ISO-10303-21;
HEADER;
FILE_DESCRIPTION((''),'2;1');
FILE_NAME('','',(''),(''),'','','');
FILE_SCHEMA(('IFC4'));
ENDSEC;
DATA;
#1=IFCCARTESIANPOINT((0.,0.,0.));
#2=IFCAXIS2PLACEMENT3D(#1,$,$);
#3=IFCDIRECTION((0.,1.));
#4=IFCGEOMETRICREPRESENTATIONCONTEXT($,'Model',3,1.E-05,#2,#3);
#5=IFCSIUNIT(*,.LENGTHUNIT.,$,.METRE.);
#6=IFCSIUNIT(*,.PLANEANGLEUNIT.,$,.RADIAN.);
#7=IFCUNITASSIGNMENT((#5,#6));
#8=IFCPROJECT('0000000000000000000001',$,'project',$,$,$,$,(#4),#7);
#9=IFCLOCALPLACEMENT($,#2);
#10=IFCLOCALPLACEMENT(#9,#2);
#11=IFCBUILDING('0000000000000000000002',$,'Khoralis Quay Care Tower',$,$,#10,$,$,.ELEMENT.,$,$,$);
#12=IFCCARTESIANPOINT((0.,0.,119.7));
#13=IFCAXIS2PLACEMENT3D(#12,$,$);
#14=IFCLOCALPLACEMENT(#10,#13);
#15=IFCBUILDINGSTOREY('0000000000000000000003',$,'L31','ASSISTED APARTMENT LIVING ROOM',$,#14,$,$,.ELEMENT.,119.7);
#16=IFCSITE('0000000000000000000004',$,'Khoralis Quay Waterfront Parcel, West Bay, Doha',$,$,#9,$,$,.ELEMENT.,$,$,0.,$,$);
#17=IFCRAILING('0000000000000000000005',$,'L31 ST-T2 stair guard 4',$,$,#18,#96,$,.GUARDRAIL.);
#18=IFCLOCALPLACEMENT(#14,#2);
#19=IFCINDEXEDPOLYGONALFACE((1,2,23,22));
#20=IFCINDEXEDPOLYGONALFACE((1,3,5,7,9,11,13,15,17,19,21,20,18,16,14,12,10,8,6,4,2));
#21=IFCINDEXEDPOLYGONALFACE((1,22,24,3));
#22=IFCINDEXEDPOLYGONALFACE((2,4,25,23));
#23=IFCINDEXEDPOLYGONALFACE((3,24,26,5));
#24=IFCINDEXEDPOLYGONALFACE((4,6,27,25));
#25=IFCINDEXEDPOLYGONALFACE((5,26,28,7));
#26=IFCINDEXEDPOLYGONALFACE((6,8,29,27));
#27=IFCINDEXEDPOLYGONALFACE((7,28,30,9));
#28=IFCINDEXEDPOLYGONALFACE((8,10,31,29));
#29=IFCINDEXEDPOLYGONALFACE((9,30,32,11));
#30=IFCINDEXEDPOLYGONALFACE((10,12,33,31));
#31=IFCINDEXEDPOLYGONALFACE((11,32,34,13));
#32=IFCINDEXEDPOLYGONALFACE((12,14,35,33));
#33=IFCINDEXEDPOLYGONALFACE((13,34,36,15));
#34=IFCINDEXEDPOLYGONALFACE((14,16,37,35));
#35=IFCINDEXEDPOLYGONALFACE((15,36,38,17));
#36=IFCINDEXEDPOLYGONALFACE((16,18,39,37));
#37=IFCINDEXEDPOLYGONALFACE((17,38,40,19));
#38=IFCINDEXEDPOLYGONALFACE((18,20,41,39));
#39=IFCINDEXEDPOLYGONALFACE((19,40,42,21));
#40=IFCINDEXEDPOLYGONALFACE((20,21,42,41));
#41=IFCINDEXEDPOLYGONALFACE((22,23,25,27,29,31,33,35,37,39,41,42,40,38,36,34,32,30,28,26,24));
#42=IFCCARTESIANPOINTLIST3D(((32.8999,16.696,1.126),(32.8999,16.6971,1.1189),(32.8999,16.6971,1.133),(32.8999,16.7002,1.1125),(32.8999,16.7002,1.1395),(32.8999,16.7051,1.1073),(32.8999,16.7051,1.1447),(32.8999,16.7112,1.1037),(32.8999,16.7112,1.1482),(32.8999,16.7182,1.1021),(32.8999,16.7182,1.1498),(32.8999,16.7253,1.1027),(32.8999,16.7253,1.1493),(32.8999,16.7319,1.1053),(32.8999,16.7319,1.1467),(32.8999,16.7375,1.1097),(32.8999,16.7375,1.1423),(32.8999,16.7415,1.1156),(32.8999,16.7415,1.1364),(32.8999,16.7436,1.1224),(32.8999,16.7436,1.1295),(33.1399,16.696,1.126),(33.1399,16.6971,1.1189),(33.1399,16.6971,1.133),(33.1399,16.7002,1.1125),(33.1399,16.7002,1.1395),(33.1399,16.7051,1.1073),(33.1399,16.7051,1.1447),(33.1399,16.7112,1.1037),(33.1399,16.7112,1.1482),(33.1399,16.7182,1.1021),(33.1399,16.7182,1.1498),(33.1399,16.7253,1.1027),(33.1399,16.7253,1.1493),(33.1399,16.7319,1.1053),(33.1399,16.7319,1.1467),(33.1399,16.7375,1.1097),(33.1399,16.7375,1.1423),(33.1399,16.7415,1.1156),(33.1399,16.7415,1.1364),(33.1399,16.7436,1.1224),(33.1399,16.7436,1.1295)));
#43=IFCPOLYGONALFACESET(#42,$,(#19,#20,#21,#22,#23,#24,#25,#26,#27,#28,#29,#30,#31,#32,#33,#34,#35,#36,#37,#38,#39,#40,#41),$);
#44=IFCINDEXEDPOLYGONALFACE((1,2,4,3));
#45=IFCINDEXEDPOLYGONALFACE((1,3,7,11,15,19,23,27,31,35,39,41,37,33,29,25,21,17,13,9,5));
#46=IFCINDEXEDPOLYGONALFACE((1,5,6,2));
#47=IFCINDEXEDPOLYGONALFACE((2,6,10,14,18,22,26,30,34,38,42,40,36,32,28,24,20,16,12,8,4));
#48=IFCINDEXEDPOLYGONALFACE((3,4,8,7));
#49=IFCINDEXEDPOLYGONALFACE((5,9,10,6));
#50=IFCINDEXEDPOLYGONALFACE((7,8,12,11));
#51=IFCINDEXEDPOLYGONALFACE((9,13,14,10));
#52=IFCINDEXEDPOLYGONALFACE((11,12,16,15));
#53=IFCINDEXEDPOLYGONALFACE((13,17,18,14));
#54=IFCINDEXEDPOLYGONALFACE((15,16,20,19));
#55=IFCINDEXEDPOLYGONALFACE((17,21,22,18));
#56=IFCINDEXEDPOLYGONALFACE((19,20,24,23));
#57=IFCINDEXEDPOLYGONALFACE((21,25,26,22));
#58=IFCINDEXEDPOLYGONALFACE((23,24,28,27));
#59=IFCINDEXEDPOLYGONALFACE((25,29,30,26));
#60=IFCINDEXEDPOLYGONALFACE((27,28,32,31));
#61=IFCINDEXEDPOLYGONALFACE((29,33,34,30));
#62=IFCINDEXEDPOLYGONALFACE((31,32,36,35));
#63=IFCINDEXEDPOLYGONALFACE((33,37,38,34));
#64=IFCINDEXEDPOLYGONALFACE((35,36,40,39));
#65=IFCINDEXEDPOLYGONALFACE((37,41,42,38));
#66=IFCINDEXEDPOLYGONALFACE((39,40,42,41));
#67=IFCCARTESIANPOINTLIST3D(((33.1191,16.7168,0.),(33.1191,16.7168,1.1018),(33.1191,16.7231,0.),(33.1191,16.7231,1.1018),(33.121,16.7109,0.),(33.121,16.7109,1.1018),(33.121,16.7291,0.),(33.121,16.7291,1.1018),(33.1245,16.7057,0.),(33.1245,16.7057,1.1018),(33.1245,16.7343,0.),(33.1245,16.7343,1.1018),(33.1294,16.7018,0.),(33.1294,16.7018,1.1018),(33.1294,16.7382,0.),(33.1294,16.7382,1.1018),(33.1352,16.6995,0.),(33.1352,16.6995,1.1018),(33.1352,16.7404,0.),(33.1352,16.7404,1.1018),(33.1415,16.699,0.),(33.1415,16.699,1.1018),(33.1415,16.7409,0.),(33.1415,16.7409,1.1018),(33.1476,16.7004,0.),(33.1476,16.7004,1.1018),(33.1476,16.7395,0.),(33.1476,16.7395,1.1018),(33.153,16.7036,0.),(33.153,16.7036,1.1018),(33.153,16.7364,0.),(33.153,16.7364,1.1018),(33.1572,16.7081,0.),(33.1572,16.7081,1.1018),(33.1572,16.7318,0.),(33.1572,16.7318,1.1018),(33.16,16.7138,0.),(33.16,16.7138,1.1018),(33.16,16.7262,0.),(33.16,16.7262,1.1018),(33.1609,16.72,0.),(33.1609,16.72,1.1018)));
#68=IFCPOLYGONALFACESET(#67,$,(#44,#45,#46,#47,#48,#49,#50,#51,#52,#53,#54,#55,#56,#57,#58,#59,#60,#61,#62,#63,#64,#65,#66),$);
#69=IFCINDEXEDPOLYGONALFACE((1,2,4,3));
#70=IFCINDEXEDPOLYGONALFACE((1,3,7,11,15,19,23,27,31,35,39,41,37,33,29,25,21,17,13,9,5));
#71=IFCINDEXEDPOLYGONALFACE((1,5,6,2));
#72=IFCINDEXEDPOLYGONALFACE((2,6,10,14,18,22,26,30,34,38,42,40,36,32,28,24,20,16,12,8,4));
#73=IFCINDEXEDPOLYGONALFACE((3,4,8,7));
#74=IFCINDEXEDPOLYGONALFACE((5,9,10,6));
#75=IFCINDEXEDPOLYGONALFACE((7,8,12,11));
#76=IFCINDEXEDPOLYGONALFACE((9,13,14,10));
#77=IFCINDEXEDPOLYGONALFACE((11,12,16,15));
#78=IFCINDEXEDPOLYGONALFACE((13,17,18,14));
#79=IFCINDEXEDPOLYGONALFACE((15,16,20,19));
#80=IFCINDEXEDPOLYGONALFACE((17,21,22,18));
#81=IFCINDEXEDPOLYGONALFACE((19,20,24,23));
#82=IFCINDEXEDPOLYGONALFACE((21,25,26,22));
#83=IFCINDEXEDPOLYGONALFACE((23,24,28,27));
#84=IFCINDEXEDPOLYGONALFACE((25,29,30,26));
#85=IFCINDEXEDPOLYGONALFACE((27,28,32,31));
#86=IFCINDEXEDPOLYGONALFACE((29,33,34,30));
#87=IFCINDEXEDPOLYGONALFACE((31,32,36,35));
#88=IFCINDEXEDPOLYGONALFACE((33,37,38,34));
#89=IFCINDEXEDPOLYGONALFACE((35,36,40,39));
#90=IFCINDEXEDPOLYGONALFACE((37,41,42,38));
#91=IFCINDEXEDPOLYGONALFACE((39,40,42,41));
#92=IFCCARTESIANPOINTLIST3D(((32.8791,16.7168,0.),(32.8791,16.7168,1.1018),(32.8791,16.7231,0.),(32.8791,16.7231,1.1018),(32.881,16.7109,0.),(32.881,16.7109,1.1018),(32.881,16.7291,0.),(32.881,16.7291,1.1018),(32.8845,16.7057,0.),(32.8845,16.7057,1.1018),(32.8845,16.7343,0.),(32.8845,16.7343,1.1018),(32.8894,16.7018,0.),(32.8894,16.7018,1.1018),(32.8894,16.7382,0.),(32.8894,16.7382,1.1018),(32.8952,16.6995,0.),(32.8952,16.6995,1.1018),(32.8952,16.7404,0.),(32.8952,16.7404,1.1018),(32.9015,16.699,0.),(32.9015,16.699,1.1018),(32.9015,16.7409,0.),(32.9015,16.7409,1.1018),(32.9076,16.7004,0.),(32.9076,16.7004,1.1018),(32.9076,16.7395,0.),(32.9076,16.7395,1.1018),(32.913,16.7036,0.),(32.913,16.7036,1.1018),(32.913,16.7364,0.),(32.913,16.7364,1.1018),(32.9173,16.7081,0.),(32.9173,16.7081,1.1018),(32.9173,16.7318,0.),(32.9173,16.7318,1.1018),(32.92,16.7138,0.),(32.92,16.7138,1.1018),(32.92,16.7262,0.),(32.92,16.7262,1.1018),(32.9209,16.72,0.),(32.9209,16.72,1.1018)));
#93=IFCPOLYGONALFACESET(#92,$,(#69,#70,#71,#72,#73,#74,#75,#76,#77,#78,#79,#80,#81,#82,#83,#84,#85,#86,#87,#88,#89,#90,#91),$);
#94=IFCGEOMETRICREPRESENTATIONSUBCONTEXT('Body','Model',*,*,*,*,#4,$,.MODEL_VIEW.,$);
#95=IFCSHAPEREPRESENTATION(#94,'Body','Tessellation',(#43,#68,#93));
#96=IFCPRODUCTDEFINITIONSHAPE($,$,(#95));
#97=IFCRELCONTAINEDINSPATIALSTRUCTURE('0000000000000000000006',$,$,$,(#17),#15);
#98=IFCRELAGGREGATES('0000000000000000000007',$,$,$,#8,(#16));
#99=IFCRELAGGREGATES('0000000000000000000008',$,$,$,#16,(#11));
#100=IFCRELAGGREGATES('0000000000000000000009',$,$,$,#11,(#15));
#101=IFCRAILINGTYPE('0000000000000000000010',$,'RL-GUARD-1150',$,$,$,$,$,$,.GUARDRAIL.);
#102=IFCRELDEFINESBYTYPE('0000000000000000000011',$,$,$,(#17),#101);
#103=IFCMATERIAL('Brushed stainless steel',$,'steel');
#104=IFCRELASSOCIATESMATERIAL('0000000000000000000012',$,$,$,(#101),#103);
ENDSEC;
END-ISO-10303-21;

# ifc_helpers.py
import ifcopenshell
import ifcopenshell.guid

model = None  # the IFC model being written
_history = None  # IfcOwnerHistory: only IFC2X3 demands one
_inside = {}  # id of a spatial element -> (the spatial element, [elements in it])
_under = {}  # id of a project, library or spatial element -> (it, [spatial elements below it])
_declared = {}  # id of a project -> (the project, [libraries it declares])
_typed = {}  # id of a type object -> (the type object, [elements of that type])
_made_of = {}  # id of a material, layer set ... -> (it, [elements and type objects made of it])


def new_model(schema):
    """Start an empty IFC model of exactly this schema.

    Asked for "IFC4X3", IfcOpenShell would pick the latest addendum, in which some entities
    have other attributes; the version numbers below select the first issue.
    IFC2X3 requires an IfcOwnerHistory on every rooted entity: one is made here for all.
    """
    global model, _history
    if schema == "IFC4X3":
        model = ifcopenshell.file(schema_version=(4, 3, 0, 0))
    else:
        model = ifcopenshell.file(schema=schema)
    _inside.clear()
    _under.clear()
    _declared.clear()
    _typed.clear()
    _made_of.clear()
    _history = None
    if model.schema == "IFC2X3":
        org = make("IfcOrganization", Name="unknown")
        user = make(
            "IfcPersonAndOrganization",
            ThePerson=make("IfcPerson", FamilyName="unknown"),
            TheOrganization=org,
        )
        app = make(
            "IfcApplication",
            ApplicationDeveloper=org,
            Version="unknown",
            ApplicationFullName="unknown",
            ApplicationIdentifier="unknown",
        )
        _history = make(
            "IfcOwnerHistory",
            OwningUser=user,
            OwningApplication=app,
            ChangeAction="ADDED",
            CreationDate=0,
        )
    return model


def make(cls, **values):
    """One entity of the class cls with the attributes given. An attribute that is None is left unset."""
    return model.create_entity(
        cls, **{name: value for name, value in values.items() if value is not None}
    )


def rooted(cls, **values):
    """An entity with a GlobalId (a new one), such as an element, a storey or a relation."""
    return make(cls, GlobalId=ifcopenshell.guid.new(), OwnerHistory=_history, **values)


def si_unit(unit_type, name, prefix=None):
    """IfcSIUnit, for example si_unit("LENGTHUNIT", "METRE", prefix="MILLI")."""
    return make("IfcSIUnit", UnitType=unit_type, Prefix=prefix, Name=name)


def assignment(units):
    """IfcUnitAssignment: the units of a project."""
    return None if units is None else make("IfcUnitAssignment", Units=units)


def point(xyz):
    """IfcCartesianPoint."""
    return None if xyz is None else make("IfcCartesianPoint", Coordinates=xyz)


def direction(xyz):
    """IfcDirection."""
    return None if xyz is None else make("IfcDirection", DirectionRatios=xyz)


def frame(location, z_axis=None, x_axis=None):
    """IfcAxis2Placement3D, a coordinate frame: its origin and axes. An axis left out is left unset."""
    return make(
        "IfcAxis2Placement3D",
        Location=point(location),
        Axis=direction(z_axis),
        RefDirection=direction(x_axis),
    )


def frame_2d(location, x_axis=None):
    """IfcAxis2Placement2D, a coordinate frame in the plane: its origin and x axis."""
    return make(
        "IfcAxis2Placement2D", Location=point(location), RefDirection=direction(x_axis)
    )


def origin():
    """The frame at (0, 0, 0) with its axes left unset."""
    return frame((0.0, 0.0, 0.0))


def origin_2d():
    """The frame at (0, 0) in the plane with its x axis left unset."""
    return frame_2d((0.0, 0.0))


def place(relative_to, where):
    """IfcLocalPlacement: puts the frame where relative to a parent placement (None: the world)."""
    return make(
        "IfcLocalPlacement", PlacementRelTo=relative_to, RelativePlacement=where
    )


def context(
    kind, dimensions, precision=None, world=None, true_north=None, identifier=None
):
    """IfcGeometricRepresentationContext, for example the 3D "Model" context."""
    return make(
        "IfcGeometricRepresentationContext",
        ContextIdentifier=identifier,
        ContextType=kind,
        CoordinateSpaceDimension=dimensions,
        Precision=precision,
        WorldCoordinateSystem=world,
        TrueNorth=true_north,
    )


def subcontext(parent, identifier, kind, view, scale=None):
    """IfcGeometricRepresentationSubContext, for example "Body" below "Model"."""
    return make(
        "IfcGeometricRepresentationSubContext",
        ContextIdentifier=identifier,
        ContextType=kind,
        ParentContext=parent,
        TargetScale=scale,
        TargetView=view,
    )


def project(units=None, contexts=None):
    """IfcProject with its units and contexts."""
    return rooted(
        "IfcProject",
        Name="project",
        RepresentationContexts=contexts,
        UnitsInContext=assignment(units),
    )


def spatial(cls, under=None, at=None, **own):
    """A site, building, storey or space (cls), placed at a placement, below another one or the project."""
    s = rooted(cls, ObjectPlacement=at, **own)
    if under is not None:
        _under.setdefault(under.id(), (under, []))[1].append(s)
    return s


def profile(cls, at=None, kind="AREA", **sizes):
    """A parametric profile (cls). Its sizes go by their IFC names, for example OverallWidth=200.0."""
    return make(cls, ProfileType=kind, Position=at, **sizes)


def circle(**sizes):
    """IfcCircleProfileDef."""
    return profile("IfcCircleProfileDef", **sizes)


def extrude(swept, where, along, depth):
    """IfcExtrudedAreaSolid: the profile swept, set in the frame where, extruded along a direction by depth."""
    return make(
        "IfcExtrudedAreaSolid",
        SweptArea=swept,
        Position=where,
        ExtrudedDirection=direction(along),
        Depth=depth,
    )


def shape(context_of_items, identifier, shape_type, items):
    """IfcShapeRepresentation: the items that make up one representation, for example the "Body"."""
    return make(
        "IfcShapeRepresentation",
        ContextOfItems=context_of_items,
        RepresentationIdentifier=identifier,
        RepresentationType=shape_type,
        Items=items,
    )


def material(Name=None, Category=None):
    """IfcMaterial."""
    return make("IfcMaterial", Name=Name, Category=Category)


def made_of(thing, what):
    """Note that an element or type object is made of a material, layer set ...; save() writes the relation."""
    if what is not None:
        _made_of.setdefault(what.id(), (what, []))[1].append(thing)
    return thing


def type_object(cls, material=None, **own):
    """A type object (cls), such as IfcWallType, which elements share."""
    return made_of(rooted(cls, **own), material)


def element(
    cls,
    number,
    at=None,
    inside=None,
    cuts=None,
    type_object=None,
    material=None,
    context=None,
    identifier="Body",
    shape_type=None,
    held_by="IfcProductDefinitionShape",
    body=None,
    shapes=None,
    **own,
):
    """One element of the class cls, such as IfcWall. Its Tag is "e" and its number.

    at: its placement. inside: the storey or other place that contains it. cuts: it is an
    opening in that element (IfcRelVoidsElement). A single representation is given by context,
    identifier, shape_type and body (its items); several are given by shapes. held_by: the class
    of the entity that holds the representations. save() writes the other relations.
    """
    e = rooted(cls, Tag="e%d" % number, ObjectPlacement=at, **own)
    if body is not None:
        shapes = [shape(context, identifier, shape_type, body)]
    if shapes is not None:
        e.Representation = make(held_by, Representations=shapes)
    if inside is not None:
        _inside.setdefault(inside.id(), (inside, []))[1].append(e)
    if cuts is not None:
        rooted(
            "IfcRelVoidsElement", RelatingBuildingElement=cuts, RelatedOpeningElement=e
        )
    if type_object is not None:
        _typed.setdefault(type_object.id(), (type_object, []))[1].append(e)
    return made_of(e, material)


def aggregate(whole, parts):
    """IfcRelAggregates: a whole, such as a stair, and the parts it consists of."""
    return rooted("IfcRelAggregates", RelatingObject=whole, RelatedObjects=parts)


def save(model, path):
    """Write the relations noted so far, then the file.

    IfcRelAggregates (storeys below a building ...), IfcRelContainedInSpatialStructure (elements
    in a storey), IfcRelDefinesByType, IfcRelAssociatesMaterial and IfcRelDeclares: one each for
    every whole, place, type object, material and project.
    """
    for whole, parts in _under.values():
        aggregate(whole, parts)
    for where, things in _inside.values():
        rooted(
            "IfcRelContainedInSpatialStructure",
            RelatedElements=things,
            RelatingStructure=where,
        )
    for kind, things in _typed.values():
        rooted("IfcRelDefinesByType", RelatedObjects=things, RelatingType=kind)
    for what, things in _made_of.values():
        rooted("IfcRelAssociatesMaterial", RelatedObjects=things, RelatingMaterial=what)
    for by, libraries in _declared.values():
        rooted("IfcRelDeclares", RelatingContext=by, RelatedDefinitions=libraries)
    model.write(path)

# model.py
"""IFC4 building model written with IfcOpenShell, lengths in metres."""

from ifc_helpers import new_model, si_unit, direction, frame, origin, origin_2d, place, context, subcontext, project, spatial, circle, extrude, material, type_object, element, save


model = new_model("IFC4")

# Units and contexts
model_context = context("Model", 3, precision=1e-05, world=origin(), true_north=direction((0.0, 1.0)))
body_context = subcontext(model_context, "Body", "Model", "MODEL_VIEW")
ifc_project = project(units=[si_unit("LENGTHUNIT", "METRE"), si_unit("PLANEANGLEUNIT", "RADIAN")], contexts=[model_context])

# Site, building, storey
site_placement = place(None, origin())
site = spatial("IfcSite", under=ifc_project, at=site_placement, Name="Khoralis Quay Waterfront Parcel, West Bay, Doha", CompositionType="ELEMENT", RefElevation=0.0)
building_placement = place(site_placement, origin())
building = spatial("IfcBuilding", under=site, at=building_placement, Name="Khoralis Quay Care Tower", CompositionType="ELEMENT")
storey_placement = place(building_placement, frame((0.0, 0.0, 119.7)))
storey = spatial("IfcBuildingStorey", under=building, at=storey_placement, Name="L31", Description="ASSISTED APARTMENT LIVING ROOM", CompositionType="ELEMENT", Elevation=119.7)

# Railing
ifc_material_1 = material(Name="Brushed stainless steel", Category="steel")
railing_type_1 = type_object("IfcRailingType", Name="RL-GUARD-1150", PredefinedType="GUARDRAIL", material=ifc_material_1)
railing_1_placement = place(storey_placement, frame((33.1399, 16.72, 0.0)))
element("IfcRailing", 1, at=railing_1_placement, inside=storey, type_object=railing_type_1, Name="L31 ST-T2 stair guard 4", PredefinedType="GUARDRAIL", context=body_context, shape_type="SweptSolid", body=[
    extrude(circle(Radius=0.0239, at=origin_2d()), frame((0.0, 0.0, 1.126), z_axis=(-1.0, 0.0, 0.0), x_axis=(0.0, -1.0, 0.0)), (0.0, 0.0, 1.0), 0.24),
    extrude(circle(Radius=0.021, at=origin_2d()), origin(), (0.0, 0.0, 1.0), 1.1018),
    extrude(circle(Radius=0.021, at=origin_2d()), frame((-0.24, 0.0, 0.0)), (0.0, 0.0, 1.0), 1.1018),
])

save(model, "model.ifc")
